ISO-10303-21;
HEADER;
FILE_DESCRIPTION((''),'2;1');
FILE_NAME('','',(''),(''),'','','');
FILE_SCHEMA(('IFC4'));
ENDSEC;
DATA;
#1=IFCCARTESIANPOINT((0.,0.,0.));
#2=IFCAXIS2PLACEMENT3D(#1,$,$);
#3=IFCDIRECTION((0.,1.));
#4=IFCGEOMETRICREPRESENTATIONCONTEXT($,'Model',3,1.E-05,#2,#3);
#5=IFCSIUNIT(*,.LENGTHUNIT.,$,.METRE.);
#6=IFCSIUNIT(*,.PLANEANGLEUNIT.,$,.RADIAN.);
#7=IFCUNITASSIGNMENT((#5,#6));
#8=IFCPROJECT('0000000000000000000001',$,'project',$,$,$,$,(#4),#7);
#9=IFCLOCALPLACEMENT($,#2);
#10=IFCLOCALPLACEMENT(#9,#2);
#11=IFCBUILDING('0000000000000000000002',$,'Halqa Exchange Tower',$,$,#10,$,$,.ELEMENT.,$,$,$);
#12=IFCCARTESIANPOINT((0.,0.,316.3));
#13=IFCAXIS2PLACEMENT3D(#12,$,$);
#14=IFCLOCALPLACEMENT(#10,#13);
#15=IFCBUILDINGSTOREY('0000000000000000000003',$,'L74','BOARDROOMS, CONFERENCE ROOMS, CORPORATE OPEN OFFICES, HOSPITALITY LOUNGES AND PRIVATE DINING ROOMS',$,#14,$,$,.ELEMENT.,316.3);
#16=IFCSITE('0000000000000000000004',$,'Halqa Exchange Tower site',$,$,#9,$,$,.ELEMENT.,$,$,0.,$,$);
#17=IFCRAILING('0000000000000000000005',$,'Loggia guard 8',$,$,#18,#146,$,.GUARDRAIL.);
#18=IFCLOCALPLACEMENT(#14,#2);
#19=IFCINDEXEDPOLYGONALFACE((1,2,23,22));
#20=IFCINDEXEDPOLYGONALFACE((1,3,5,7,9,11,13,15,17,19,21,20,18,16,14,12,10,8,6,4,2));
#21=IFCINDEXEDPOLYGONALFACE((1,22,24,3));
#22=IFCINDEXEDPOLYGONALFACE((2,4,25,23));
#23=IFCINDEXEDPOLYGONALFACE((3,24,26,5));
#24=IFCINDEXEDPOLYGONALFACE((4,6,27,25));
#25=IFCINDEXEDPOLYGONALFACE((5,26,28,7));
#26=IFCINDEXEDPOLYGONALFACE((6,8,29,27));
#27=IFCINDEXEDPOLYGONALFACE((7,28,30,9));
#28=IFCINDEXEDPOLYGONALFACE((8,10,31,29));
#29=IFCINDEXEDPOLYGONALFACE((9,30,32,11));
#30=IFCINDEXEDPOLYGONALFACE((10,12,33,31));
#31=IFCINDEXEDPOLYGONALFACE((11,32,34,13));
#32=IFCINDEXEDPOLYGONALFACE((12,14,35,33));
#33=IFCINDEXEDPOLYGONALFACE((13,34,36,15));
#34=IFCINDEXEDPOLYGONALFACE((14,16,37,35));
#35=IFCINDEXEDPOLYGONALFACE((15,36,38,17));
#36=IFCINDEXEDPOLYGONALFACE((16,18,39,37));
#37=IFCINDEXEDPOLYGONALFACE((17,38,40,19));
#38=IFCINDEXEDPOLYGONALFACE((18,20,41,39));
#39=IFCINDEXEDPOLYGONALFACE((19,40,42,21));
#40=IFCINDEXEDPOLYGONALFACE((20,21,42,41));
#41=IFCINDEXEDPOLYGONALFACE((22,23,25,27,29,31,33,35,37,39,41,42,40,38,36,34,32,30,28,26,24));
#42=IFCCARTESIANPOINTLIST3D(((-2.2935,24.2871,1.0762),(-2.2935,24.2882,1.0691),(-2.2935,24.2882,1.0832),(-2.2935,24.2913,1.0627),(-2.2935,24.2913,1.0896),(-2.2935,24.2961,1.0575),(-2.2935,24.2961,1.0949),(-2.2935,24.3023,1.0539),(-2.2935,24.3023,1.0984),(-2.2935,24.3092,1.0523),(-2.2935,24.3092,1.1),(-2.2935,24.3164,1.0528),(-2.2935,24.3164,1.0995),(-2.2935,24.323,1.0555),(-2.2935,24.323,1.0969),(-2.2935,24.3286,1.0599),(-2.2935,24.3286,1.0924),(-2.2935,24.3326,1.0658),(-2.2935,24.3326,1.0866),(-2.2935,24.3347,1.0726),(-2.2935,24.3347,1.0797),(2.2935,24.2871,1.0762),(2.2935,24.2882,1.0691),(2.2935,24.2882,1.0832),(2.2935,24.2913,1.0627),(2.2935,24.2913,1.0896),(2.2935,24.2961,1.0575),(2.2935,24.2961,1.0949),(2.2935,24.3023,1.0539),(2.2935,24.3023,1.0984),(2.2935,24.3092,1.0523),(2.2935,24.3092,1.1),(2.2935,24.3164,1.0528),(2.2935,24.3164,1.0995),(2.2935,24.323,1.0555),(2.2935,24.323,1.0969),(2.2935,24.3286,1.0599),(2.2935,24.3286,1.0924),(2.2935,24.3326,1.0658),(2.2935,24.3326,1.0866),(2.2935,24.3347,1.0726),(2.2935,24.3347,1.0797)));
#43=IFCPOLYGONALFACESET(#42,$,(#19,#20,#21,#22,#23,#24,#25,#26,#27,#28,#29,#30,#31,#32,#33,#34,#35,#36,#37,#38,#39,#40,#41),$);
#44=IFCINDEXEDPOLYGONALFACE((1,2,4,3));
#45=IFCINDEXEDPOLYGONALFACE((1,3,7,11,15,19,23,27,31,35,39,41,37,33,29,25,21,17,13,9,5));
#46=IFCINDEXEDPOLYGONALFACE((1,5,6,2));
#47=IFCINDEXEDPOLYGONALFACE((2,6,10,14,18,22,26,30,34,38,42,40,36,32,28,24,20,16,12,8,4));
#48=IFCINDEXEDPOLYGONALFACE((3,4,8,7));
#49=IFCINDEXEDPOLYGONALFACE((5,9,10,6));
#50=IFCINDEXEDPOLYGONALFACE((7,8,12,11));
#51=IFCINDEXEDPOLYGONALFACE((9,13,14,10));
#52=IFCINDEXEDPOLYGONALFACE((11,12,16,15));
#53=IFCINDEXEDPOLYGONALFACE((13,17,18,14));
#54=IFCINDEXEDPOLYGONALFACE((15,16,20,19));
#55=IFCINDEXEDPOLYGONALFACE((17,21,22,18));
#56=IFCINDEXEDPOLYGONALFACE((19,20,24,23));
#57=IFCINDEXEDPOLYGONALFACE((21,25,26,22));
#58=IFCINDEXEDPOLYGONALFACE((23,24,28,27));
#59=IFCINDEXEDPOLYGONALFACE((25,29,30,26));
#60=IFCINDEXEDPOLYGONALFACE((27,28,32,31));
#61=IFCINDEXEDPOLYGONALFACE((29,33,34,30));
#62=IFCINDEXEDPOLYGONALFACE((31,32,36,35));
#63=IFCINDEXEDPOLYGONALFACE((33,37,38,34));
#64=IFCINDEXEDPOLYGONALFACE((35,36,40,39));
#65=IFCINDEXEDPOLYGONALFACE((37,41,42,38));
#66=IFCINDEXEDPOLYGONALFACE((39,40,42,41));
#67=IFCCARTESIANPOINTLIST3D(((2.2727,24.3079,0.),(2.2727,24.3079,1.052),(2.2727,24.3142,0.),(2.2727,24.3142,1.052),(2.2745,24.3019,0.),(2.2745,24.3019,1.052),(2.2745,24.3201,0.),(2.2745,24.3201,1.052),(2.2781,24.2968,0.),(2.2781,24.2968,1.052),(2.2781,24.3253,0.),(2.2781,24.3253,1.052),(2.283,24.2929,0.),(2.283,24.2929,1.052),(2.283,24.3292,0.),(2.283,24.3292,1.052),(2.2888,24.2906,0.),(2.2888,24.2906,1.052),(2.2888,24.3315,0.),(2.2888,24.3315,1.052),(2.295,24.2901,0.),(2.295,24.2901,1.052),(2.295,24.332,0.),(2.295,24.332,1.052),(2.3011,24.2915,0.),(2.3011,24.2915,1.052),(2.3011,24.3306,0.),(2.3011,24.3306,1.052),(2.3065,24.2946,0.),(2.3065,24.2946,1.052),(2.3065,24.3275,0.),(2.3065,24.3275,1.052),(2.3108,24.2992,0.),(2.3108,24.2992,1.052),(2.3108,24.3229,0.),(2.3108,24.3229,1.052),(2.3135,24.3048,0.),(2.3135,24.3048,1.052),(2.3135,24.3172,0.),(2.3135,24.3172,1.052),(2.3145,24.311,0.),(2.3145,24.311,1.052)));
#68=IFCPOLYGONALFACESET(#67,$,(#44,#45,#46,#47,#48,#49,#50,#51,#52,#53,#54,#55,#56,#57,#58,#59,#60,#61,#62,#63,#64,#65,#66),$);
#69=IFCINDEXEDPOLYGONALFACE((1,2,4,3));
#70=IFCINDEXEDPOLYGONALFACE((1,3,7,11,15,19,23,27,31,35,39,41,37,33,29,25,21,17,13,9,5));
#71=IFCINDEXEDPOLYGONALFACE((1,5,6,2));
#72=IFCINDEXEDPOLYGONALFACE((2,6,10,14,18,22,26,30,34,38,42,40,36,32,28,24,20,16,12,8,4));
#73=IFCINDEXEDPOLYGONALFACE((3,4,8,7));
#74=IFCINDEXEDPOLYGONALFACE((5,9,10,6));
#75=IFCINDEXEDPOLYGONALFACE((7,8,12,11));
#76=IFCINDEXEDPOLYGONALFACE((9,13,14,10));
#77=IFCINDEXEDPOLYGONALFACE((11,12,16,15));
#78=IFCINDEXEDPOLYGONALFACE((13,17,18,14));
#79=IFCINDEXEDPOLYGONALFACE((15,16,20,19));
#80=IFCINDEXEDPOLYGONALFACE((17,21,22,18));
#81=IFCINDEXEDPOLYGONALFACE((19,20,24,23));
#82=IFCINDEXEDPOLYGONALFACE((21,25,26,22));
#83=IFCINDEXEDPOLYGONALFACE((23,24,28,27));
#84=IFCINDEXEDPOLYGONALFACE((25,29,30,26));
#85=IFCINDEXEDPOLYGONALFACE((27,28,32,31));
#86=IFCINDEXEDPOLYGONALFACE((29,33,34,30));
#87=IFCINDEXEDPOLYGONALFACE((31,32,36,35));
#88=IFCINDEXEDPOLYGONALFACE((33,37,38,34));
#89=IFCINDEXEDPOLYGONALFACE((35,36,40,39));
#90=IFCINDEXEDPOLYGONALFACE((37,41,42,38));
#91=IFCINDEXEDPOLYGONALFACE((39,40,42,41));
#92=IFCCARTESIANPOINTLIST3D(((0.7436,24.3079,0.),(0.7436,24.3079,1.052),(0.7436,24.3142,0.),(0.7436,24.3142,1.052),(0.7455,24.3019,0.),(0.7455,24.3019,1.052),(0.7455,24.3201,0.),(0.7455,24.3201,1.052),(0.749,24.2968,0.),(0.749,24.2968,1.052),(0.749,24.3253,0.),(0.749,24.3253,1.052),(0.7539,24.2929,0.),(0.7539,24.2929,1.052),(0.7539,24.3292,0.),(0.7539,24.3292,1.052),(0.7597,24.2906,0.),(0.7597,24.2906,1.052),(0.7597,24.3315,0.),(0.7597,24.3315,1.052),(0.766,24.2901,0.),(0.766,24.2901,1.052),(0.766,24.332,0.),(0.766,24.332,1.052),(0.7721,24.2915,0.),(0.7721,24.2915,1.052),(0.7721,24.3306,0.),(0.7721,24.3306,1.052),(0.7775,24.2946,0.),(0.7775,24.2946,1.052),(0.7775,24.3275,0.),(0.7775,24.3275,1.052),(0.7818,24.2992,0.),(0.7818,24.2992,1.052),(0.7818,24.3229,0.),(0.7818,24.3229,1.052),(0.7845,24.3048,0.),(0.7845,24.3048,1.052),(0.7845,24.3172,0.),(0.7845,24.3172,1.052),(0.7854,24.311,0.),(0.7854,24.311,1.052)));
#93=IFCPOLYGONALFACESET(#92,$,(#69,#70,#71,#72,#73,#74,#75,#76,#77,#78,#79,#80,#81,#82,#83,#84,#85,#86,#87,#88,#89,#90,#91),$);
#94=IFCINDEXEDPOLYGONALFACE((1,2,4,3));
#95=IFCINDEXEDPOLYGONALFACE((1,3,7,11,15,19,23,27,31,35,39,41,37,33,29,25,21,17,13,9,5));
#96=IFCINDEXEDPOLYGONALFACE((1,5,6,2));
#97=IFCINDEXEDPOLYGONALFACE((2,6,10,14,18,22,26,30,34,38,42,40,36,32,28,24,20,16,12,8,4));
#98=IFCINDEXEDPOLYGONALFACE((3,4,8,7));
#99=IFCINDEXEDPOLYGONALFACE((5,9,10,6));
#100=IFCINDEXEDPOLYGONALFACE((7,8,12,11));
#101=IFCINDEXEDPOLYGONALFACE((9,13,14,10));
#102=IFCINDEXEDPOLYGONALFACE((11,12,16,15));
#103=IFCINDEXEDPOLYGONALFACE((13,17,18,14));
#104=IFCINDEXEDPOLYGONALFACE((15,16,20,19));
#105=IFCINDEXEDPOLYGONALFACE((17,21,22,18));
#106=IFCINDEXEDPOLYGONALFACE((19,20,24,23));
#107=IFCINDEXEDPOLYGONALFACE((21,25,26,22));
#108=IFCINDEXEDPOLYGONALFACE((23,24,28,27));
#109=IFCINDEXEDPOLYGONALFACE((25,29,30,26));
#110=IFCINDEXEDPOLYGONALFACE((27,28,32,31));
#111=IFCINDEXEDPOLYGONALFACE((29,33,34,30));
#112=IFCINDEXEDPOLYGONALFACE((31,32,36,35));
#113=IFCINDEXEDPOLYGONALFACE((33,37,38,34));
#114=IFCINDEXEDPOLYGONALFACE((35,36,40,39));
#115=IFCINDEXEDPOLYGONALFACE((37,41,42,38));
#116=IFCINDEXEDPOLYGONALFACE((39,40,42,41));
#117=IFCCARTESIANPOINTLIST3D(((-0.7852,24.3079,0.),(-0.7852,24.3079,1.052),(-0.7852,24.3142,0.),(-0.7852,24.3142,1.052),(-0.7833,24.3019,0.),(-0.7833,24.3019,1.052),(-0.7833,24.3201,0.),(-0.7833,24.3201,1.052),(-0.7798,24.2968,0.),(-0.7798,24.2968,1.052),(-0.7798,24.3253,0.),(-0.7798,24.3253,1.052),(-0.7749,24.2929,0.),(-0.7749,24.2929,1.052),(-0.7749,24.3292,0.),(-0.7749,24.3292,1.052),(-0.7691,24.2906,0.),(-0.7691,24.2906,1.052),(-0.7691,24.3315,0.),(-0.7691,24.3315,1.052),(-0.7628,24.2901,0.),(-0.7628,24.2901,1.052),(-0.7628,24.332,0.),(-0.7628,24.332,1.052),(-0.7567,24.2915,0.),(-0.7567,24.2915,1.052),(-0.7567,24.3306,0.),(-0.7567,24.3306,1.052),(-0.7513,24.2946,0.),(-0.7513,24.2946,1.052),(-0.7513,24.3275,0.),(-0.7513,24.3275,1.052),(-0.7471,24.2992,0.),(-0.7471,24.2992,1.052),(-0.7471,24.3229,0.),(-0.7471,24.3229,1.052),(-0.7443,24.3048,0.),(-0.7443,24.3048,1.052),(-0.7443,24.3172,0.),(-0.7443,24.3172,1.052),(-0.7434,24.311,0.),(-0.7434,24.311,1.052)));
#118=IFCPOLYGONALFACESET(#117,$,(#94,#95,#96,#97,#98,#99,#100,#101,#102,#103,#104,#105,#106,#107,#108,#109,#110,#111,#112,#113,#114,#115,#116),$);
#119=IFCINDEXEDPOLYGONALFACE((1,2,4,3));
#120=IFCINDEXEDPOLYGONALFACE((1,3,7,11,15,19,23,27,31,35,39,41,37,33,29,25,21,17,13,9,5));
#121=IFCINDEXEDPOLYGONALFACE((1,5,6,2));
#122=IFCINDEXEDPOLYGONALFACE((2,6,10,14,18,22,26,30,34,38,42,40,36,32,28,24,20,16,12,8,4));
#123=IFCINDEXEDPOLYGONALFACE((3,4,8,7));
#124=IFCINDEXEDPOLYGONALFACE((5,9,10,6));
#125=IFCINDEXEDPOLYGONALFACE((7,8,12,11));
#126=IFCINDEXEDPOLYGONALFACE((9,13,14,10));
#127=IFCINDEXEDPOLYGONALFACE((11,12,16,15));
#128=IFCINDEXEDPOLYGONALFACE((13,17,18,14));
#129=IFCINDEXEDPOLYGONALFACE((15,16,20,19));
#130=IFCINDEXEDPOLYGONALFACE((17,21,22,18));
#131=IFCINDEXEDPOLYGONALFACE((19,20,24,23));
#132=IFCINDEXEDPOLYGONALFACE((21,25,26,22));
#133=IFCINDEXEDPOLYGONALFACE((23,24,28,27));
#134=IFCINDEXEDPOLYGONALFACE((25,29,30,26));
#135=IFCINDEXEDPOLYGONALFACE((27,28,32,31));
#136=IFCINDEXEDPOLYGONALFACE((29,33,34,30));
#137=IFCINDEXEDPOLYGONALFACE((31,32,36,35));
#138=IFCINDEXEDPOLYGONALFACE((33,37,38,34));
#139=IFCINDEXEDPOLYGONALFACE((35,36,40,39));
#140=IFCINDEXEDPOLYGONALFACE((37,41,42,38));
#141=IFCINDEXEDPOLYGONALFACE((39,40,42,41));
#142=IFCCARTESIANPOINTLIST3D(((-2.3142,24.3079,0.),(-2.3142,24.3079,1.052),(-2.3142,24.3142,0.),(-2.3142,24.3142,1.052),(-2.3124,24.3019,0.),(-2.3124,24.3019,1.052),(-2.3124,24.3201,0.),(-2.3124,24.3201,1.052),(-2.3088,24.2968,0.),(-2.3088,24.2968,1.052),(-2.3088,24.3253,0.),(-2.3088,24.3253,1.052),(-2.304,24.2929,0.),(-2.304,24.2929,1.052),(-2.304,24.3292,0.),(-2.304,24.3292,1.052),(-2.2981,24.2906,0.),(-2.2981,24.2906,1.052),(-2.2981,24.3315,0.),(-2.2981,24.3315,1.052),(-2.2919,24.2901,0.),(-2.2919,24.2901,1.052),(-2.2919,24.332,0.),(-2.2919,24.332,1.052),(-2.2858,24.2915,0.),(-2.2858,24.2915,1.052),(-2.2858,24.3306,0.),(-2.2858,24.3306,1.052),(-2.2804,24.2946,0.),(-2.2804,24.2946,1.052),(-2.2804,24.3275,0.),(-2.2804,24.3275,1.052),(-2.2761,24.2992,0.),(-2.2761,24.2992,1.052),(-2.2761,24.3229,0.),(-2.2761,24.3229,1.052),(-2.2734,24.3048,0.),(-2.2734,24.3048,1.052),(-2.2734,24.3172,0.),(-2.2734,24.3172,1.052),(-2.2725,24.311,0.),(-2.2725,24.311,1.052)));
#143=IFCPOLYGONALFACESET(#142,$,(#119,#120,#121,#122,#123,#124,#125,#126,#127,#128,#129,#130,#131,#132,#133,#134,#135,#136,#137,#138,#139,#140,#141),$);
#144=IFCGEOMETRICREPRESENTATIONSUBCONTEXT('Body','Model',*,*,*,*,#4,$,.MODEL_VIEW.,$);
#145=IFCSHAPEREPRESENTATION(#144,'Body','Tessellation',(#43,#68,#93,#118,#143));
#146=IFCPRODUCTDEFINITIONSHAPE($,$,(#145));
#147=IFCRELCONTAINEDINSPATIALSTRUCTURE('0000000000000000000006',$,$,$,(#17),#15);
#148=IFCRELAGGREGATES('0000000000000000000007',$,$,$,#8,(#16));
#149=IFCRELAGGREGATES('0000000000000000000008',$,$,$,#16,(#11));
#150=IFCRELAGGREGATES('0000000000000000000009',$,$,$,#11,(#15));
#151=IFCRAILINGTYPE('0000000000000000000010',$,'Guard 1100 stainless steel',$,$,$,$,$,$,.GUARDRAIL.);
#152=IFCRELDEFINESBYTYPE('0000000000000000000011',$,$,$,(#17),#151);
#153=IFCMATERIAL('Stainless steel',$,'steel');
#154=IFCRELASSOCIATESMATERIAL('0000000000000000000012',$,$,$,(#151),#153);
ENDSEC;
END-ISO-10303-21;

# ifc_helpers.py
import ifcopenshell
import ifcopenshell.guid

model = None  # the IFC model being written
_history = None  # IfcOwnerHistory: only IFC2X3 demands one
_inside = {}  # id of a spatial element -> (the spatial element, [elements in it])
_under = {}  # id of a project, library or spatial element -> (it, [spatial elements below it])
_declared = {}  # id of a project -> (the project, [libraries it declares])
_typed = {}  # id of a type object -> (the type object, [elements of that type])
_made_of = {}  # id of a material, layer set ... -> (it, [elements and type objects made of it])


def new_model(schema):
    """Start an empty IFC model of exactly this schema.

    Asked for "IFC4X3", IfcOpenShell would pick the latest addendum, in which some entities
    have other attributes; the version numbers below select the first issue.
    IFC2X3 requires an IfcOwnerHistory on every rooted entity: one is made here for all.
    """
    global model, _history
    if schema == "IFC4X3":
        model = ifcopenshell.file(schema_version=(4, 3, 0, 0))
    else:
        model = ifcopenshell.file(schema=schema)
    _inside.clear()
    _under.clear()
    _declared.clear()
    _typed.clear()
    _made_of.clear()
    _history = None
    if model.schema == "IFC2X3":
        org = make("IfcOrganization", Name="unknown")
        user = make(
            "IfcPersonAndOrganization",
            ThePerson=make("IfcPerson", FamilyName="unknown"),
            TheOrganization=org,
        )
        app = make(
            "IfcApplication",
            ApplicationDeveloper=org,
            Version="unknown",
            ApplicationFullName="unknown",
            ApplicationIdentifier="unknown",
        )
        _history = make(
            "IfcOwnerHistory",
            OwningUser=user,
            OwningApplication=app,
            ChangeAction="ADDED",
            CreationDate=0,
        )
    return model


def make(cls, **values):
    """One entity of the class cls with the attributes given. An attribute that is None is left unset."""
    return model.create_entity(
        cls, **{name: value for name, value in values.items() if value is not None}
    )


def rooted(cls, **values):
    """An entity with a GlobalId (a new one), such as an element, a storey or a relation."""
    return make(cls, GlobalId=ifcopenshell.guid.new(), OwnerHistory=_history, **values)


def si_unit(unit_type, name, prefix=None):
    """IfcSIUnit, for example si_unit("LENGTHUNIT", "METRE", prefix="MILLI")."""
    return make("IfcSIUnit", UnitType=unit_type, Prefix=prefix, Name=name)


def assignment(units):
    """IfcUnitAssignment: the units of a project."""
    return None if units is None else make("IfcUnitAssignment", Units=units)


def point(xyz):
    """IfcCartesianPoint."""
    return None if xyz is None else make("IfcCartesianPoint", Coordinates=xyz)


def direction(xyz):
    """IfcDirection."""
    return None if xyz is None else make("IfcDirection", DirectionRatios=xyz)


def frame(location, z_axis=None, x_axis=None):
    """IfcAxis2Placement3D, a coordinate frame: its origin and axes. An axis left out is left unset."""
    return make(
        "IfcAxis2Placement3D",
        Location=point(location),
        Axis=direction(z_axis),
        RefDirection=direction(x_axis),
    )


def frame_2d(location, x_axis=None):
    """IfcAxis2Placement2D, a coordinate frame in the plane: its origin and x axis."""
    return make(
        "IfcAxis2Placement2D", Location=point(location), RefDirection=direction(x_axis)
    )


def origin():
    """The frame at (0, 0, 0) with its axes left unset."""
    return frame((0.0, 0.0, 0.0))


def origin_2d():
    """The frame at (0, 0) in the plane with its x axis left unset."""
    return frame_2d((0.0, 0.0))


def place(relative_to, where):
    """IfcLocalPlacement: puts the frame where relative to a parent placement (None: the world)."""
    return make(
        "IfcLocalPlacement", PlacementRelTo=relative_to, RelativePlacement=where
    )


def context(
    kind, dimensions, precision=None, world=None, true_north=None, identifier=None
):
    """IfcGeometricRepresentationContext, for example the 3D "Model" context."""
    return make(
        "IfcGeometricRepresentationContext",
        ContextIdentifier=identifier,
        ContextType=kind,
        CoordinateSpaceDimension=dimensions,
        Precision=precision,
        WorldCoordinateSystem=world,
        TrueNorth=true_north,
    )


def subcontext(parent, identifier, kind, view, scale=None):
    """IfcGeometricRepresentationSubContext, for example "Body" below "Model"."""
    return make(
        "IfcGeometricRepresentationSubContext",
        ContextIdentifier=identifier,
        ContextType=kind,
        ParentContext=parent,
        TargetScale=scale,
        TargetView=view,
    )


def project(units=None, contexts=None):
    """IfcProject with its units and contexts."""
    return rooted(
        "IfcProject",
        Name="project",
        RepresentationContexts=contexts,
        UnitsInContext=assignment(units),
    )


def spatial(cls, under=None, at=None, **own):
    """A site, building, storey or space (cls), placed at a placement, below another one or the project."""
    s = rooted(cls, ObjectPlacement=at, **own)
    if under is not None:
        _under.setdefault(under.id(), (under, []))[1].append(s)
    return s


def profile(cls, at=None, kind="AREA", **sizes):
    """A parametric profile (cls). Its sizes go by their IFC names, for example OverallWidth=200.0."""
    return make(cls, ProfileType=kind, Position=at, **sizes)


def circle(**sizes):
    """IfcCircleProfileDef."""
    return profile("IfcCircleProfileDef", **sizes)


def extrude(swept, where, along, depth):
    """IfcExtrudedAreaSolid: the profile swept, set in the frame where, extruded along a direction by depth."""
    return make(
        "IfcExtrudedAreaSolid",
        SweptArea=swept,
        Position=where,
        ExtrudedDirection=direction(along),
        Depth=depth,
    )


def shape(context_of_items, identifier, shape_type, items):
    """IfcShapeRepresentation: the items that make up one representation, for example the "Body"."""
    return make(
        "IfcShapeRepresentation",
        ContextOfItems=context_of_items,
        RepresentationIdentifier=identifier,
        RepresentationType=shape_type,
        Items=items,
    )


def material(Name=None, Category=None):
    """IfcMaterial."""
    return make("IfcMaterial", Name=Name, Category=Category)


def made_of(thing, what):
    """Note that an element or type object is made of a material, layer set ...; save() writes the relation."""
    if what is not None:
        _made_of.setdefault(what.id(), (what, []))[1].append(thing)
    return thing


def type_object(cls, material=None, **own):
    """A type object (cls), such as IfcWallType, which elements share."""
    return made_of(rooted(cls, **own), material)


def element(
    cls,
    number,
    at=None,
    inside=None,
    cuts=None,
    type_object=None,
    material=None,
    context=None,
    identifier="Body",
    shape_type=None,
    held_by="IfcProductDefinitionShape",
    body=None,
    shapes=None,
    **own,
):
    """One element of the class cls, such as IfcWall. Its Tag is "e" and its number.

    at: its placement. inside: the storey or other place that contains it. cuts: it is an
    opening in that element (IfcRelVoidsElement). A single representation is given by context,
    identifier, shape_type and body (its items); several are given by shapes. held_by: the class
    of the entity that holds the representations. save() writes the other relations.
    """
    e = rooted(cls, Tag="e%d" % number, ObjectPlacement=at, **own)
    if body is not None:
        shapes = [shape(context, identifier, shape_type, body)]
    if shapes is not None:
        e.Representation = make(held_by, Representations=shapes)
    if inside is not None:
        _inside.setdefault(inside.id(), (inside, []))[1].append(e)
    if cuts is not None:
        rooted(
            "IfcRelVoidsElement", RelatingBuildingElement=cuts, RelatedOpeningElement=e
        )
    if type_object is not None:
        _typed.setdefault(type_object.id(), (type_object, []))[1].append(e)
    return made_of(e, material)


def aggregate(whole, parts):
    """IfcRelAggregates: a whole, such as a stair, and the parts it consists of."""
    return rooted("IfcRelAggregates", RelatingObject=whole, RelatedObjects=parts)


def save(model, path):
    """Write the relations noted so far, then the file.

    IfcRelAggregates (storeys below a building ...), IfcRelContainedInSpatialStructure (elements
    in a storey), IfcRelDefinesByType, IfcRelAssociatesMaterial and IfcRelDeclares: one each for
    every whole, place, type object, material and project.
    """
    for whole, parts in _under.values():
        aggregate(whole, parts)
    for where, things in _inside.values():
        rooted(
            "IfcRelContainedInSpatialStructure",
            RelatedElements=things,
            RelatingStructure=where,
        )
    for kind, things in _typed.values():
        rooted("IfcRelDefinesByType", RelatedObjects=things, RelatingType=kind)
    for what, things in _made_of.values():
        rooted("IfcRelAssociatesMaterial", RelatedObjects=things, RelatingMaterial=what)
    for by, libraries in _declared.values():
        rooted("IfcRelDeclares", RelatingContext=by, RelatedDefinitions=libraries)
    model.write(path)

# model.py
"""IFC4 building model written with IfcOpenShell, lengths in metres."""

from ifc_helpers import new_model, si_unit, direction, frame, origin, origin_2d, place, context, subcontext, project, spatial, circle, extrude, material, type_object, element, save


model = new_model("IFC4")

# Units and contexts
model_context = context("Model", 3, precision=1e-05, world=origin(), true_north=direction((0.0, 1.0)))
body_context = subcontext(model_context, "Body", "Model", "MODEL_VIEW")
ifc_project = project(units=[si_unit("LENGTHUNIT", "METRE"), si_unit("PLANEANGLEUNIT", "RADIAN")], contexts=[model_context])

# Site, building, storey
site_placement = place(None, origin())
site = spatial("IfcSite", under=ifc_project, at=site_placement, Name="Halqa Exchange Tower site", CompositionType="ELEMENT", RefElevation=0.0)
building_placement = place(site_placement, origin())
building = spatial("IfcBuilding", under=site, at=building_placement, Name="Halqa Exchange Tower", CompositionType="ELEMENT")
storey_placement = place(building_placement, frame((0.0, 0.0, 316.3)))
storey = spatial("IfcBuildingStorey", under=building, at=storey_placement, Name="L74", Description="BOARDROOMS, CONFERENCE ROOMS, CORPORATE OPEN OFFICES, HOSPITALITY LOUNGES AND PRIVATE DINING ROOMS", CompositionType="ELEMENT", Elevation=316.3)

# Railing
ifc_material_1 = material(Name="Stainless steel", Category="steel")
railing_type_1 = type_object("IfcRailingType", Name="Guard 1100 stainless steel", PredefinedType="GUARDRAIL", material=ifc_material_1)
railing_1_placement = place(storey_placement, frame((2.2935, 24.311, 0.0)))
element("IfcRailing", 1, at=railing_1_placement, inside=storey, type_object=railing_type_1, Name="Loggia guard 8", PredefinedType="GUARDRAIL", context=body_context, shape_type="SweptSolid", body=[
    extrude(circle(Radius=0.0239, at=origin_2d()), frame((0.0, 0.0, 1.0762), z_axis=(-1.0, 0.0, 0.0), x_axis=(0.0, -1.0, 0.0)), (0.0, 0.0, 1.0), 4.5869),
    extrude(circle(Radius=0.021, at=origin_2d()), origin(), (0.0, 0.0, 1.0), 1.052),
    extrude(circle(Radius=0.021, at=origin_2d()), frame((-1.5291, 0.0, 0.0)), (0.0, 0.0, 1.0), 1.052),
    extrude(circle(Radius=0.021, at=origin_2d()), frame((-3.0579, 0.0, 0.0)), (0.0, 0.0, 1.0), 1.052),
    extrude(circle(Radius=0.021, at=origin_2d()), frame((-4.5869, 0.0, 0.0)), (0.0, 0.0, 1.0), 1.052),
])

save(model, "model.ifc")
